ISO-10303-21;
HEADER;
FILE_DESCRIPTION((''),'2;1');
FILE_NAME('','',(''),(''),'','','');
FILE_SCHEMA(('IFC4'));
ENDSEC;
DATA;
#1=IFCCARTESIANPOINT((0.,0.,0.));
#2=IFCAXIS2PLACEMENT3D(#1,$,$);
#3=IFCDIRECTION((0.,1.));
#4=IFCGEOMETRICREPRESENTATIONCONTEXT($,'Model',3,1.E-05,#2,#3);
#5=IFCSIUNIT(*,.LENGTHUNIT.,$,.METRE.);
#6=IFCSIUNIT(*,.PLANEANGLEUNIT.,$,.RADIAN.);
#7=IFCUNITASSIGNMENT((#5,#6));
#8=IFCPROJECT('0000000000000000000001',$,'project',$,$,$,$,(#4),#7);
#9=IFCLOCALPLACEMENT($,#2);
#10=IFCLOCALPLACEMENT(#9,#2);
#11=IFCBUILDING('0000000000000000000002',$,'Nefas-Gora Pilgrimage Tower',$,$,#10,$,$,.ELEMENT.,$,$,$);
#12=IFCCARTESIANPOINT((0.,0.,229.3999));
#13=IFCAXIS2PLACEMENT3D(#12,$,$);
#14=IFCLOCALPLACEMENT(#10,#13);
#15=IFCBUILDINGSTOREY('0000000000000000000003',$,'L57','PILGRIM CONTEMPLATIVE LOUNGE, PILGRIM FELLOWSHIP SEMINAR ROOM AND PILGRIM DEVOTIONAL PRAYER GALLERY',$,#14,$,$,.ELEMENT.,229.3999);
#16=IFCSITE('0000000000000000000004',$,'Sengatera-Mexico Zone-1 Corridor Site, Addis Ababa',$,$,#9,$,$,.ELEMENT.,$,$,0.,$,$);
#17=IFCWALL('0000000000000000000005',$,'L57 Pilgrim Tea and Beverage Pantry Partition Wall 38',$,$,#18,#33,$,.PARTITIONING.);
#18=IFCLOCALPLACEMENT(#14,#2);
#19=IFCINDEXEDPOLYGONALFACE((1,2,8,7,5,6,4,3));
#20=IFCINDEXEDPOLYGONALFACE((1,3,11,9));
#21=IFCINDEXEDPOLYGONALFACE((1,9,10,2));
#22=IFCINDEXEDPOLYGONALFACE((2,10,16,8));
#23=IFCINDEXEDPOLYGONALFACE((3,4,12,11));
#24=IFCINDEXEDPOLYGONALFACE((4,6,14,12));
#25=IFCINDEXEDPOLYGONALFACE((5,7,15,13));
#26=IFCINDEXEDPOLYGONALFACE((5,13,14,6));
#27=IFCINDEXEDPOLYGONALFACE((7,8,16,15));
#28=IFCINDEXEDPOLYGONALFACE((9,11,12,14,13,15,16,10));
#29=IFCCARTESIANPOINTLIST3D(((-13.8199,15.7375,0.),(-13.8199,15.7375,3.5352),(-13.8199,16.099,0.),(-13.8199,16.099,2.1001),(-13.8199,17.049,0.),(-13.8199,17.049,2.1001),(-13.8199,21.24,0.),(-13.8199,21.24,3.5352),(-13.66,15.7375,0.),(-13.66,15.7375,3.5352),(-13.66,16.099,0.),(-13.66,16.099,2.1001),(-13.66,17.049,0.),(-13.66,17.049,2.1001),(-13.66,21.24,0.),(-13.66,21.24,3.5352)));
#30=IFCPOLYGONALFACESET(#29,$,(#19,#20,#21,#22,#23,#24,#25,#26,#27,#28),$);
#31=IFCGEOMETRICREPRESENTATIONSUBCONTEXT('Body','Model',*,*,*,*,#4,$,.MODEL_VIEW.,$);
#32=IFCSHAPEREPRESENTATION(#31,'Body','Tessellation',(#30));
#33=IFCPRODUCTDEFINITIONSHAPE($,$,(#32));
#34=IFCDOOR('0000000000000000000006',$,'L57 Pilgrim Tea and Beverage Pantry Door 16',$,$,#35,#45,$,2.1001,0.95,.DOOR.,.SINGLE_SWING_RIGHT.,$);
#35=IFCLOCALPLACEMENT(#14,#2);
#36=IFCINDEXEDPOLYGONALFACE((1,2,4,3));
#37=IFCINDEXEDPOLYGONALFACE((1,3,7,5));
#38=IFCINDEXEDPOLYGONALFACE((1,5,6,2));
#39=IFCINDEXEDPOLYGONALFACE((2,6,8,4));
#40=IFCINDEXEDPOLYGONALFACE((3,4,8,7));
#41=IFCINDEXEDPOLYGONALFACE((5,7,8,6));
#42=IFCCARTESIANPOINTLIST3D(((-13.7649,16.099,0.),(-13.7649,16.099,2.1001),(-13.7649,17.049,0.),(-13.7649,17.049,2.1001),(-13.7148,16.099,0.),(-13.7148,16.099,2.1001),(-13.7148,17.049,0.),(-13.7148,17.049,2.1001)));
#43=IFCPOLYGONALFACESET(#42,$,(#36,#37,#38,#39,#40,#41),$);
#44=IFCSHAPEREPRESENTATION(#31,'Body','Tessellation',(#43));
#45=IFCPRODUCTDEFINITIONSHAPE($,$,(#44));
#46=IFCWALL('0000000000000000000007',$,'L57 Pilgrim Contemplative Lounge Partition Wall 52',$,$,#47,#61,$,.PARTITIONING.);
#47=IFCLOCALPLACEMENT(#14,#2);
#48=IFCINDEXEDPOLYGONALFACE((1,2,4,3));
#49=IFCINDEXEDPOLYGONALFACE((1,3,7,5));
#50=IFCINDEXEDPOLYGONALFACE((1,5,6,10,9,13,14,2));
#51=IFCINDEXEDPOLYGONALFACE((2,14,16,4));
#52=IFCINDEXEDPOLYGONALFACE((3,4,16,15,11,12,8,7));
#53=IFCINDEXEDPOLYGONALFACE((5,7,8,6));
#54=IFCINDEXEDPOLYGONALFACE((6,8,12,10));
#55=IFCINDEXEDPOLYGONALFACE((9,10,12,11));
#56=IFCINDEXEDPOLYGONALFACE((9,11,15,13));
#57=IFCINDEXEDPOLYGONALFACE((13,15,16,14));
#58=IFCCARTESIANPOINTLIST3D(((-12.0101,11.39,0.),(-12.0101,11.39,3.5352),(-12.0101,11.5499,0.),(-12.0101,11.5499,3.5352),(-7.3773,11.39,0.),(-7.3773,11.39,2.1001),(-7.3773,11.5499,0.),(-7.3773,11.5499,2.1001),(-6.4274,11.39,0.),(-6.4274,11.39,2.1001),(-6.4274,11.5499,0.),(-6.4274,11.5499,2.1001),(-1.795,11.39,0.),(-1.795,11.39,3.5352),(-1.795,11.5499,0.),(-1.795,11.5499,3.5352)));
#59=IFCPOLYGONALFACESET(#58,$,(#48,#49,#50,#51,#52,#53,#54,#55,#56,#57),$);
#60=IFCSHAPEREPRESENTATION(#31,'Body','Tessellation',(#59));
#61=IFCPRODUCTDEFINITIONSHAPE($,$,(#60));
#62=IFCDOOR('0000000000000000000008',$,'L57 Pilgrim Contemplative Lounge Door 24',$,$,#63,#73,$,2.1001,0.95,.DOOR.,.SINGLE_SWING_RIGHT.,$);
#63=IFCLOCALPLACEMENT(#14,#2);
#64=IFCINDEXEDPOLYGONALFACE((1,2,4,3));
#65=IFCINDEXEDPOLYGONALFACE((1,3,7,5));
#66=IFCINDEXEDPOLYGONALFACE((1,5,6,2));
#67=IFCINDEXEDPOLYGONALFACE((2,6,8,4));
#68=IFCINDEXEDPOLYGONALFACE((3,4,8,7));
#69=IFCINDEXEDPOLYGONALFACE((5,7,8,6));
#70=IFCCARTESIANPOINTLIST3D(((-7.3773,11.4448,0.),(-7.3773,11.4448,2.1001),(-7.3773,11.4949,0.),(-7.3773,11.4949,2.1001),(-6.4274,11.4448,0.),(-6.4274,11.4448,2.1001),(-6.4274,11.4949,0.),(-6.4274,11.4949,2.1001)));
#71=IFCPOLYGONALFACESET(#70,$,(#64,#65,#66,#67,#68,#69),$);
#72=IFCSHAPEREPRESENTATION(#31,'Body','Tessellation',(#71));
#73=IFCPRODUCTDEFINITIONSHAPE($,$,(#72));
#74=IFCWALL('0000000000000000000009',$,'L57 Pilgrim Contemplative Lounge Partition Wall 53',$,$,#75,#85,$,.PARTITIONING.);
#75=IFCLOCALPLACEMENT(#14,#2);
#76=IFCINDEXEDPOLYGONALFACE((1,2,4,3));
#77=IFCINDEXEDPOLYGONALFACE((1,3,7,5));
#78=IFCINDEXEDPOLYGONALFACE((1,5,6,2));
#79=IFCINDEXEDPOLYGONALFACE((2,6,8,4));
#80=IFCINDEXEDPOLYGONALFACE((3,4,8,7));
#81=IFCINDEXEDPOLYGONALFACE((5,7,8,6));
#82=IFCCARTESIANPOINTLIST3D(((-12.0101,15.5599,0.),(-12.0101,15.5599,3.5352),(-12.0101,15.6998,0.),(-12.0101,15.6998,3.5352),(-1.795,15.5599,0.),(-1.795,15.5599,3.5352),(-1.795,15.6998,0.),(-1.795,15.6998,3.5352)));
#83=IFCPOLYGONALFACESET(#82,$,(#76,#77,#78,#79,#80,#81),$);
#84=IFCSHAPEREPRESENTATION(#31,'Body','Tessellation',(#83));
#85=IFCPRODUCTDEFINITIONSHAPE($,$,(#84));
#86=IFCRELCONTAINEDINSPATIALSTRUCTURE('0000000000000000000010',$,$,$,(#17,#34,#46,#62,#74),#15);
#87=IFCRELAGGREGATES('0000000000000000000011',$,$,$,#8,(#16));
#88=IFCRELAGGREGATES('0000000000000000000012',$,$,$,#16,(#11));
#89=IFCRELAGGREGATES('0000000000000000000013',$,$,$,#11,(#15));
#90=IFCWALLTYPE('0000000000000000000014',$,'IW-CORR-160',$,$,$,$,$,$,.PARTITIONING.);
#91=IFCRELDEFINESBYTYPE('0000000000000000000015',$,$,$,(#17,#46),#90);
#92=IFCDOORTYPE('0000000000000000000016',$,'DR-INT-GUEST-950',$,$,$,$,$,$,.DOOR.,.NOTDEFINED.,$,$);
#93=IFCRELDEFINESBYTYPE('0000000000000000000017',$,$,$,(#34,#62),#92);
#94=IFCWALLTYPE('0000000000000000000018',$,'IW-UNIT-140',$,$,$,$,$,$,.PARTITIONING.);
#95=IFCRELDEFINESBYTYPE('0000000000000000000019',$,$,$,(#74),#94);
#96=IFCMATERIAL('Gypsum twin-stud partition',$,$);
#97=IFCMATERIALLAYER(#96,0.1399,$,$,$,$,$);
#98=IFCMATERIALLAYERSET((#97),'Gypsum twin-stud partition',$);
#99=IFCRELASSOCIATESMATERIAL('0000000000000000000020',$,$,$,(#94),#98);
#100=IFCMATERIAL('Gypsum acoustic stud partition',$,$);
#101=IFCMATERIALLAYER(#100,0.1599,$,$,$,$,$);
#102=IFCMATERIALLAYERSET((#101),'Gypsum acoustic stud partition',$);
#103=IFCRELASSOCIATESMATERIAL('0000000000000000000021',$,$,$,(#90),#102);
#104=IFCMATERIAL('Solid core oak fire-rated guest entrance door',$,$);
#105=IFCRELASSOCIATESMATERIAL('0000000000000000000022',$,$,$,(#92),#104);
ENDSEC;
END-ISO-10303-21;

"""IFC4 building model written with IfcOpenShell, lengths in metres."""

from ifc_helpers import new_model, si_unit, direction, frame, frame_2d, origin, place, context, subcontext, project, spatial, rectangle, extrude, source, transform, mapped, material, layer, layer_set, type_object, element, fill, save


model = new_model("IFC4")

# Units and contexts
model_context = context("Model", 3, precision=1e-05, world=origin(), true_north=direction((0.0, 1.0)))
body_context = subcontext(model_context, "Body", "Model", "MODEL_VIEW")
ifc_project = project(units=[si_unit("LENGTHUNIT", "METRE"), si_unit("PLANEANGLEUNIT", "RADIAN")], contexts=[model_context])

# Site, building, storey
site_placement = place(None, origin())
site = spatial("IfcSite", under=ifc_project, at=site_placement, Name="Sengatera-Mexico Zone-1 Corridor Site, Addis Ababa", CompositionType="ELEMENT", RefElevation=0.0)
building_placement = place(site_placement, origin())
building = spatial("IfcBuilding", under=site, at=building_placement, Name="Nefas-Gora Pilgrimage Tower", CompositionType="ELEMENT")
storey_placement = place(building_placement, frame((0.0, 0.0, 229.3999)))
storey = spatial("IfcBuildingStorey", under=building, at=storey_placement, Name="L57", Description="PILGRIM CONTEMPLATIVE LOUNGE, PILGRIM FELLOWSHIP SEMINAR ROOM AND PILGRIM DEVOTIONAL PRAYER GALLERY", CompositionType="ELEMENT", Elevation=229.3999)

# Shared definitions
ifc_material_1 = material(Name="Gypsum twin-stud partition")
ifc_layer_1 = layer(ifc_material_1, 0.1399)
ifc_layer_set_1 = layer_set([ifc_layer_1], Name="Gypsum twin-stud partition")
wall_type_1 = type_object("IfcWallType", Name="IW-UNIT-140", PredefinedType="PARTITIONING", material=ifc_layer_set_1)

# Walls, openings, doors
ifc_material_2 = material(Name="Gypsum acoustic stud partition")
ifc_layer_2 = layer(ifc_material_2, 0.1599)
ifc_layer_set_2 = layer_set([ifc_layer_2], Name="Gypsum acoustic stud partition")
wall_type_2 = type_object("IfcWallType", Name="IW-CORR-160", PredefinedType="PARTITIONING", material=ifc_layer_set_2)
ifc_material_3 = material(Name="Solid core oak fire-rated guest entrance door")
door_type = type_object("IfcDoorType", Name="DR-INT-GUEST-950", OperationType="NOTDEFINED", PredefinedType="DOOR", material=ifc_material_3)
shared_shape_1 = source(origin(), body_context, "Body", "SweptSolid", [
    extrude(rectangle(XDim=0.95, YDim=2.1001, at=frame_2d((0.4751, 1.05))), frame((0.0, 0.0249, 0.0), z_axis=(0.0, -1.0, 0.0), x_axis=(1.0, 0.0, 0.0)), (0.0, 0.0, 1.0), 0.05),
])
shared_shape_2 = source(origin(), body_context, "Body", "SweptSolid", [
    extrude(rectangle(XDim=5.5024, YDim=0.1599, at=frame_2d((2.7512, 0.0))), origin(), (0.0, 0.0, 1.0), 3.5352),
])
wall_1_placement = place(storey_placement, frame((-13.74, 15.7375, 0.0), z_axis=(0.0, 0.0, 1.0), x_axis=(0.0, 1.0, 0.0)))
wall_1 = element("IfcWall", 1, at=wall_1_placement, inside=storey, type_object=wall_type_2, Name="L57 Pilgrim Tea and Beverage Pantry Partition Wall 38", PredefinedType="PARTITIONING", context=body_context, shape_type="MappedRepresentation", body=[
    mapped(shared_shape_2, transform((0.0, 0.0, 0.0), x_axis=(1.0, 0.0, 0.0), y_axis=(0.0, 1.0, 0.0), z_axis=(0.0, 0.0, 1.0), scale=1.0)),
])
opening_1_placement = place(wall_1_placement, frame((0.3613, 0.0, 0.0)))
opening_1 = element("IfcOpeningElement", 2, at=opening_1_placement, cuts=wall_1, PredefinedType="OPENING", context=body_context, shape_type="SweptSolid", body=[
    extrude(rectangle(XDim=0.95, YDim=2.1001, at=frame_2d((0.4751, 1.05))), frame((0.0, 0.0898, 0.0), z_axis=(0.0, -1.0, 0.0), x_axis=(1.0, 0.0, 0.0)), (0.0, 0.0, 1.0), 0.1799),
])
door_1_placement = place(opening_1_placement, origin())
door_1 = element("IfcDoor", 3, at=door_1_placement, inside=storey, type_object=door_type, Name="L57 Pilgrim Tea and Beverage Pantry Door 16", OperationType="SINGLE_SWING_RIGHT", OverallHeight=2.1001, OverallWidth=0.95, PredefinedType="DOOR", context=body_context, shape_type="MappedRepresentation", body=[
    mapped(shared_shape_1, transform((0.0, 0.0, 0.0), x_axis=(1.0, 0.0, 0.0), y_axis=(0.0, 1.0, 0.0), z_axis=(0.0, 0.0, 1.0), scale=1.0)),
])
fill(opening_1, door_1)
shared_shape_3 = source(origin(), body_context, "Body", "SweptSolid", [
    extrude(rectangle(XDim=10.2151, YDim=0.1599, at=frame_2d((5.1074, 0.0))), origin(), (0.0, 0.0, 1.0), 3.5352),
])
wall_2_placement = place(storey_placement, frame((-12.01, 11.47, 0.0), z_axis=(0.0, 0.0, 1.0), x_axis=(1.0, 0.0, 0.0)))
wall_2 = element("IfcWall", 4, at=wall_2_placement, inside=storey, type_object=wall_type_2, Name="L57 Pilgrim Contemplative Lounge Partition Wall 52", PredefinedType="PARTITIONING", context=body_context, shape_type="MappedRepresentation", body=[
    mapped(shared_shape_3, transform((0.0, 0.0, 0.0), x_axis=(1.0, 0.0, 0.0), y_axis=(0.0, 1.0, 0.0), z_axis=(0.0, 0.0, 1.0), scale=1.0)),
])
opening_2_placement = place(wall_2_placement, frame((4.6326, 0.0, 0.0)))
opening_2 = element("IfcOpeningElement", 5, at=opening_2_placement, cuts=wall_2, PredefinedType="OPENING", context=body_context, shape_type="SweptSolid", body=[
    extrude(rectangle(XDim=0.95, YDim=2.1001, at=frame_2d((0.4751, 1.05))), frame((0.0, 0.0898, 0.0), z_axis=(0.0, -1.0, 0.0), x_axis=(1.0, 0.0, 0.0)), (0.0, 0.0, 1.0), 0.1799),
])
door_2_placement = place(opening_2_placement, origin())
door_2 = element("IfcDoor", 6, at=door_2_placement, inside=storey, type_object=door_type, Name="L57 Pilgrim Contemplative Lounge Door 24", OperationType="SINGLE_SWING_RIGHT", OverallHeight=2.1001, OverallWidth=0.95, PredefinedType="DOOR", context=body_context, shape_type="MappedRepresentation", body=[
    mapped(shared_shape_1, transform((0.0, 0.0, 0.0), x_axis=(1.0, 0.0, 0.0), y_axis=(0.0, 1.0, 0.0), z_axis=(0.0, 0.0, 1.0), scale=1.0)),
])
fill(opening_2, door_2)

# Wall
shared_shape_4 = source(origin(), body_context, "Body", "SweptSolid", [
    extrude(rectangle(XDim=10.2151, YDim=0.1399, at=frame_2d((5.1074, 0.0))), origin(), (0.0, 0.0, 1.0), 3.5352),
])
wall_3_placement = place(storey_placement, frame((-12.01, 15.6299, 0.0), z_axis=(0.0, 0.0, 1.0), x_axis=(1.0, 0.0, 0.0)))
element("IfcWall", 7, at=wall_3_placement, inside=storey, type_object=wall_type_1, Name="L57 Pilgrim Contemplative Lounge Partition Wall 53", PredefinedType="PARTITIONING", context=body_context, shape_type="MappedRepresentation", body=[
    mapped(shared_shape_4, transform((0.0, 0.0, 0.0), x_axis=(1.0, 0.0, 0.0), y_axis=(0.0, 1.0, 0.0), z_axis=(0.0, 0.0, 1.0), scale=1.0)),
])

save(model, "model.ifc")
